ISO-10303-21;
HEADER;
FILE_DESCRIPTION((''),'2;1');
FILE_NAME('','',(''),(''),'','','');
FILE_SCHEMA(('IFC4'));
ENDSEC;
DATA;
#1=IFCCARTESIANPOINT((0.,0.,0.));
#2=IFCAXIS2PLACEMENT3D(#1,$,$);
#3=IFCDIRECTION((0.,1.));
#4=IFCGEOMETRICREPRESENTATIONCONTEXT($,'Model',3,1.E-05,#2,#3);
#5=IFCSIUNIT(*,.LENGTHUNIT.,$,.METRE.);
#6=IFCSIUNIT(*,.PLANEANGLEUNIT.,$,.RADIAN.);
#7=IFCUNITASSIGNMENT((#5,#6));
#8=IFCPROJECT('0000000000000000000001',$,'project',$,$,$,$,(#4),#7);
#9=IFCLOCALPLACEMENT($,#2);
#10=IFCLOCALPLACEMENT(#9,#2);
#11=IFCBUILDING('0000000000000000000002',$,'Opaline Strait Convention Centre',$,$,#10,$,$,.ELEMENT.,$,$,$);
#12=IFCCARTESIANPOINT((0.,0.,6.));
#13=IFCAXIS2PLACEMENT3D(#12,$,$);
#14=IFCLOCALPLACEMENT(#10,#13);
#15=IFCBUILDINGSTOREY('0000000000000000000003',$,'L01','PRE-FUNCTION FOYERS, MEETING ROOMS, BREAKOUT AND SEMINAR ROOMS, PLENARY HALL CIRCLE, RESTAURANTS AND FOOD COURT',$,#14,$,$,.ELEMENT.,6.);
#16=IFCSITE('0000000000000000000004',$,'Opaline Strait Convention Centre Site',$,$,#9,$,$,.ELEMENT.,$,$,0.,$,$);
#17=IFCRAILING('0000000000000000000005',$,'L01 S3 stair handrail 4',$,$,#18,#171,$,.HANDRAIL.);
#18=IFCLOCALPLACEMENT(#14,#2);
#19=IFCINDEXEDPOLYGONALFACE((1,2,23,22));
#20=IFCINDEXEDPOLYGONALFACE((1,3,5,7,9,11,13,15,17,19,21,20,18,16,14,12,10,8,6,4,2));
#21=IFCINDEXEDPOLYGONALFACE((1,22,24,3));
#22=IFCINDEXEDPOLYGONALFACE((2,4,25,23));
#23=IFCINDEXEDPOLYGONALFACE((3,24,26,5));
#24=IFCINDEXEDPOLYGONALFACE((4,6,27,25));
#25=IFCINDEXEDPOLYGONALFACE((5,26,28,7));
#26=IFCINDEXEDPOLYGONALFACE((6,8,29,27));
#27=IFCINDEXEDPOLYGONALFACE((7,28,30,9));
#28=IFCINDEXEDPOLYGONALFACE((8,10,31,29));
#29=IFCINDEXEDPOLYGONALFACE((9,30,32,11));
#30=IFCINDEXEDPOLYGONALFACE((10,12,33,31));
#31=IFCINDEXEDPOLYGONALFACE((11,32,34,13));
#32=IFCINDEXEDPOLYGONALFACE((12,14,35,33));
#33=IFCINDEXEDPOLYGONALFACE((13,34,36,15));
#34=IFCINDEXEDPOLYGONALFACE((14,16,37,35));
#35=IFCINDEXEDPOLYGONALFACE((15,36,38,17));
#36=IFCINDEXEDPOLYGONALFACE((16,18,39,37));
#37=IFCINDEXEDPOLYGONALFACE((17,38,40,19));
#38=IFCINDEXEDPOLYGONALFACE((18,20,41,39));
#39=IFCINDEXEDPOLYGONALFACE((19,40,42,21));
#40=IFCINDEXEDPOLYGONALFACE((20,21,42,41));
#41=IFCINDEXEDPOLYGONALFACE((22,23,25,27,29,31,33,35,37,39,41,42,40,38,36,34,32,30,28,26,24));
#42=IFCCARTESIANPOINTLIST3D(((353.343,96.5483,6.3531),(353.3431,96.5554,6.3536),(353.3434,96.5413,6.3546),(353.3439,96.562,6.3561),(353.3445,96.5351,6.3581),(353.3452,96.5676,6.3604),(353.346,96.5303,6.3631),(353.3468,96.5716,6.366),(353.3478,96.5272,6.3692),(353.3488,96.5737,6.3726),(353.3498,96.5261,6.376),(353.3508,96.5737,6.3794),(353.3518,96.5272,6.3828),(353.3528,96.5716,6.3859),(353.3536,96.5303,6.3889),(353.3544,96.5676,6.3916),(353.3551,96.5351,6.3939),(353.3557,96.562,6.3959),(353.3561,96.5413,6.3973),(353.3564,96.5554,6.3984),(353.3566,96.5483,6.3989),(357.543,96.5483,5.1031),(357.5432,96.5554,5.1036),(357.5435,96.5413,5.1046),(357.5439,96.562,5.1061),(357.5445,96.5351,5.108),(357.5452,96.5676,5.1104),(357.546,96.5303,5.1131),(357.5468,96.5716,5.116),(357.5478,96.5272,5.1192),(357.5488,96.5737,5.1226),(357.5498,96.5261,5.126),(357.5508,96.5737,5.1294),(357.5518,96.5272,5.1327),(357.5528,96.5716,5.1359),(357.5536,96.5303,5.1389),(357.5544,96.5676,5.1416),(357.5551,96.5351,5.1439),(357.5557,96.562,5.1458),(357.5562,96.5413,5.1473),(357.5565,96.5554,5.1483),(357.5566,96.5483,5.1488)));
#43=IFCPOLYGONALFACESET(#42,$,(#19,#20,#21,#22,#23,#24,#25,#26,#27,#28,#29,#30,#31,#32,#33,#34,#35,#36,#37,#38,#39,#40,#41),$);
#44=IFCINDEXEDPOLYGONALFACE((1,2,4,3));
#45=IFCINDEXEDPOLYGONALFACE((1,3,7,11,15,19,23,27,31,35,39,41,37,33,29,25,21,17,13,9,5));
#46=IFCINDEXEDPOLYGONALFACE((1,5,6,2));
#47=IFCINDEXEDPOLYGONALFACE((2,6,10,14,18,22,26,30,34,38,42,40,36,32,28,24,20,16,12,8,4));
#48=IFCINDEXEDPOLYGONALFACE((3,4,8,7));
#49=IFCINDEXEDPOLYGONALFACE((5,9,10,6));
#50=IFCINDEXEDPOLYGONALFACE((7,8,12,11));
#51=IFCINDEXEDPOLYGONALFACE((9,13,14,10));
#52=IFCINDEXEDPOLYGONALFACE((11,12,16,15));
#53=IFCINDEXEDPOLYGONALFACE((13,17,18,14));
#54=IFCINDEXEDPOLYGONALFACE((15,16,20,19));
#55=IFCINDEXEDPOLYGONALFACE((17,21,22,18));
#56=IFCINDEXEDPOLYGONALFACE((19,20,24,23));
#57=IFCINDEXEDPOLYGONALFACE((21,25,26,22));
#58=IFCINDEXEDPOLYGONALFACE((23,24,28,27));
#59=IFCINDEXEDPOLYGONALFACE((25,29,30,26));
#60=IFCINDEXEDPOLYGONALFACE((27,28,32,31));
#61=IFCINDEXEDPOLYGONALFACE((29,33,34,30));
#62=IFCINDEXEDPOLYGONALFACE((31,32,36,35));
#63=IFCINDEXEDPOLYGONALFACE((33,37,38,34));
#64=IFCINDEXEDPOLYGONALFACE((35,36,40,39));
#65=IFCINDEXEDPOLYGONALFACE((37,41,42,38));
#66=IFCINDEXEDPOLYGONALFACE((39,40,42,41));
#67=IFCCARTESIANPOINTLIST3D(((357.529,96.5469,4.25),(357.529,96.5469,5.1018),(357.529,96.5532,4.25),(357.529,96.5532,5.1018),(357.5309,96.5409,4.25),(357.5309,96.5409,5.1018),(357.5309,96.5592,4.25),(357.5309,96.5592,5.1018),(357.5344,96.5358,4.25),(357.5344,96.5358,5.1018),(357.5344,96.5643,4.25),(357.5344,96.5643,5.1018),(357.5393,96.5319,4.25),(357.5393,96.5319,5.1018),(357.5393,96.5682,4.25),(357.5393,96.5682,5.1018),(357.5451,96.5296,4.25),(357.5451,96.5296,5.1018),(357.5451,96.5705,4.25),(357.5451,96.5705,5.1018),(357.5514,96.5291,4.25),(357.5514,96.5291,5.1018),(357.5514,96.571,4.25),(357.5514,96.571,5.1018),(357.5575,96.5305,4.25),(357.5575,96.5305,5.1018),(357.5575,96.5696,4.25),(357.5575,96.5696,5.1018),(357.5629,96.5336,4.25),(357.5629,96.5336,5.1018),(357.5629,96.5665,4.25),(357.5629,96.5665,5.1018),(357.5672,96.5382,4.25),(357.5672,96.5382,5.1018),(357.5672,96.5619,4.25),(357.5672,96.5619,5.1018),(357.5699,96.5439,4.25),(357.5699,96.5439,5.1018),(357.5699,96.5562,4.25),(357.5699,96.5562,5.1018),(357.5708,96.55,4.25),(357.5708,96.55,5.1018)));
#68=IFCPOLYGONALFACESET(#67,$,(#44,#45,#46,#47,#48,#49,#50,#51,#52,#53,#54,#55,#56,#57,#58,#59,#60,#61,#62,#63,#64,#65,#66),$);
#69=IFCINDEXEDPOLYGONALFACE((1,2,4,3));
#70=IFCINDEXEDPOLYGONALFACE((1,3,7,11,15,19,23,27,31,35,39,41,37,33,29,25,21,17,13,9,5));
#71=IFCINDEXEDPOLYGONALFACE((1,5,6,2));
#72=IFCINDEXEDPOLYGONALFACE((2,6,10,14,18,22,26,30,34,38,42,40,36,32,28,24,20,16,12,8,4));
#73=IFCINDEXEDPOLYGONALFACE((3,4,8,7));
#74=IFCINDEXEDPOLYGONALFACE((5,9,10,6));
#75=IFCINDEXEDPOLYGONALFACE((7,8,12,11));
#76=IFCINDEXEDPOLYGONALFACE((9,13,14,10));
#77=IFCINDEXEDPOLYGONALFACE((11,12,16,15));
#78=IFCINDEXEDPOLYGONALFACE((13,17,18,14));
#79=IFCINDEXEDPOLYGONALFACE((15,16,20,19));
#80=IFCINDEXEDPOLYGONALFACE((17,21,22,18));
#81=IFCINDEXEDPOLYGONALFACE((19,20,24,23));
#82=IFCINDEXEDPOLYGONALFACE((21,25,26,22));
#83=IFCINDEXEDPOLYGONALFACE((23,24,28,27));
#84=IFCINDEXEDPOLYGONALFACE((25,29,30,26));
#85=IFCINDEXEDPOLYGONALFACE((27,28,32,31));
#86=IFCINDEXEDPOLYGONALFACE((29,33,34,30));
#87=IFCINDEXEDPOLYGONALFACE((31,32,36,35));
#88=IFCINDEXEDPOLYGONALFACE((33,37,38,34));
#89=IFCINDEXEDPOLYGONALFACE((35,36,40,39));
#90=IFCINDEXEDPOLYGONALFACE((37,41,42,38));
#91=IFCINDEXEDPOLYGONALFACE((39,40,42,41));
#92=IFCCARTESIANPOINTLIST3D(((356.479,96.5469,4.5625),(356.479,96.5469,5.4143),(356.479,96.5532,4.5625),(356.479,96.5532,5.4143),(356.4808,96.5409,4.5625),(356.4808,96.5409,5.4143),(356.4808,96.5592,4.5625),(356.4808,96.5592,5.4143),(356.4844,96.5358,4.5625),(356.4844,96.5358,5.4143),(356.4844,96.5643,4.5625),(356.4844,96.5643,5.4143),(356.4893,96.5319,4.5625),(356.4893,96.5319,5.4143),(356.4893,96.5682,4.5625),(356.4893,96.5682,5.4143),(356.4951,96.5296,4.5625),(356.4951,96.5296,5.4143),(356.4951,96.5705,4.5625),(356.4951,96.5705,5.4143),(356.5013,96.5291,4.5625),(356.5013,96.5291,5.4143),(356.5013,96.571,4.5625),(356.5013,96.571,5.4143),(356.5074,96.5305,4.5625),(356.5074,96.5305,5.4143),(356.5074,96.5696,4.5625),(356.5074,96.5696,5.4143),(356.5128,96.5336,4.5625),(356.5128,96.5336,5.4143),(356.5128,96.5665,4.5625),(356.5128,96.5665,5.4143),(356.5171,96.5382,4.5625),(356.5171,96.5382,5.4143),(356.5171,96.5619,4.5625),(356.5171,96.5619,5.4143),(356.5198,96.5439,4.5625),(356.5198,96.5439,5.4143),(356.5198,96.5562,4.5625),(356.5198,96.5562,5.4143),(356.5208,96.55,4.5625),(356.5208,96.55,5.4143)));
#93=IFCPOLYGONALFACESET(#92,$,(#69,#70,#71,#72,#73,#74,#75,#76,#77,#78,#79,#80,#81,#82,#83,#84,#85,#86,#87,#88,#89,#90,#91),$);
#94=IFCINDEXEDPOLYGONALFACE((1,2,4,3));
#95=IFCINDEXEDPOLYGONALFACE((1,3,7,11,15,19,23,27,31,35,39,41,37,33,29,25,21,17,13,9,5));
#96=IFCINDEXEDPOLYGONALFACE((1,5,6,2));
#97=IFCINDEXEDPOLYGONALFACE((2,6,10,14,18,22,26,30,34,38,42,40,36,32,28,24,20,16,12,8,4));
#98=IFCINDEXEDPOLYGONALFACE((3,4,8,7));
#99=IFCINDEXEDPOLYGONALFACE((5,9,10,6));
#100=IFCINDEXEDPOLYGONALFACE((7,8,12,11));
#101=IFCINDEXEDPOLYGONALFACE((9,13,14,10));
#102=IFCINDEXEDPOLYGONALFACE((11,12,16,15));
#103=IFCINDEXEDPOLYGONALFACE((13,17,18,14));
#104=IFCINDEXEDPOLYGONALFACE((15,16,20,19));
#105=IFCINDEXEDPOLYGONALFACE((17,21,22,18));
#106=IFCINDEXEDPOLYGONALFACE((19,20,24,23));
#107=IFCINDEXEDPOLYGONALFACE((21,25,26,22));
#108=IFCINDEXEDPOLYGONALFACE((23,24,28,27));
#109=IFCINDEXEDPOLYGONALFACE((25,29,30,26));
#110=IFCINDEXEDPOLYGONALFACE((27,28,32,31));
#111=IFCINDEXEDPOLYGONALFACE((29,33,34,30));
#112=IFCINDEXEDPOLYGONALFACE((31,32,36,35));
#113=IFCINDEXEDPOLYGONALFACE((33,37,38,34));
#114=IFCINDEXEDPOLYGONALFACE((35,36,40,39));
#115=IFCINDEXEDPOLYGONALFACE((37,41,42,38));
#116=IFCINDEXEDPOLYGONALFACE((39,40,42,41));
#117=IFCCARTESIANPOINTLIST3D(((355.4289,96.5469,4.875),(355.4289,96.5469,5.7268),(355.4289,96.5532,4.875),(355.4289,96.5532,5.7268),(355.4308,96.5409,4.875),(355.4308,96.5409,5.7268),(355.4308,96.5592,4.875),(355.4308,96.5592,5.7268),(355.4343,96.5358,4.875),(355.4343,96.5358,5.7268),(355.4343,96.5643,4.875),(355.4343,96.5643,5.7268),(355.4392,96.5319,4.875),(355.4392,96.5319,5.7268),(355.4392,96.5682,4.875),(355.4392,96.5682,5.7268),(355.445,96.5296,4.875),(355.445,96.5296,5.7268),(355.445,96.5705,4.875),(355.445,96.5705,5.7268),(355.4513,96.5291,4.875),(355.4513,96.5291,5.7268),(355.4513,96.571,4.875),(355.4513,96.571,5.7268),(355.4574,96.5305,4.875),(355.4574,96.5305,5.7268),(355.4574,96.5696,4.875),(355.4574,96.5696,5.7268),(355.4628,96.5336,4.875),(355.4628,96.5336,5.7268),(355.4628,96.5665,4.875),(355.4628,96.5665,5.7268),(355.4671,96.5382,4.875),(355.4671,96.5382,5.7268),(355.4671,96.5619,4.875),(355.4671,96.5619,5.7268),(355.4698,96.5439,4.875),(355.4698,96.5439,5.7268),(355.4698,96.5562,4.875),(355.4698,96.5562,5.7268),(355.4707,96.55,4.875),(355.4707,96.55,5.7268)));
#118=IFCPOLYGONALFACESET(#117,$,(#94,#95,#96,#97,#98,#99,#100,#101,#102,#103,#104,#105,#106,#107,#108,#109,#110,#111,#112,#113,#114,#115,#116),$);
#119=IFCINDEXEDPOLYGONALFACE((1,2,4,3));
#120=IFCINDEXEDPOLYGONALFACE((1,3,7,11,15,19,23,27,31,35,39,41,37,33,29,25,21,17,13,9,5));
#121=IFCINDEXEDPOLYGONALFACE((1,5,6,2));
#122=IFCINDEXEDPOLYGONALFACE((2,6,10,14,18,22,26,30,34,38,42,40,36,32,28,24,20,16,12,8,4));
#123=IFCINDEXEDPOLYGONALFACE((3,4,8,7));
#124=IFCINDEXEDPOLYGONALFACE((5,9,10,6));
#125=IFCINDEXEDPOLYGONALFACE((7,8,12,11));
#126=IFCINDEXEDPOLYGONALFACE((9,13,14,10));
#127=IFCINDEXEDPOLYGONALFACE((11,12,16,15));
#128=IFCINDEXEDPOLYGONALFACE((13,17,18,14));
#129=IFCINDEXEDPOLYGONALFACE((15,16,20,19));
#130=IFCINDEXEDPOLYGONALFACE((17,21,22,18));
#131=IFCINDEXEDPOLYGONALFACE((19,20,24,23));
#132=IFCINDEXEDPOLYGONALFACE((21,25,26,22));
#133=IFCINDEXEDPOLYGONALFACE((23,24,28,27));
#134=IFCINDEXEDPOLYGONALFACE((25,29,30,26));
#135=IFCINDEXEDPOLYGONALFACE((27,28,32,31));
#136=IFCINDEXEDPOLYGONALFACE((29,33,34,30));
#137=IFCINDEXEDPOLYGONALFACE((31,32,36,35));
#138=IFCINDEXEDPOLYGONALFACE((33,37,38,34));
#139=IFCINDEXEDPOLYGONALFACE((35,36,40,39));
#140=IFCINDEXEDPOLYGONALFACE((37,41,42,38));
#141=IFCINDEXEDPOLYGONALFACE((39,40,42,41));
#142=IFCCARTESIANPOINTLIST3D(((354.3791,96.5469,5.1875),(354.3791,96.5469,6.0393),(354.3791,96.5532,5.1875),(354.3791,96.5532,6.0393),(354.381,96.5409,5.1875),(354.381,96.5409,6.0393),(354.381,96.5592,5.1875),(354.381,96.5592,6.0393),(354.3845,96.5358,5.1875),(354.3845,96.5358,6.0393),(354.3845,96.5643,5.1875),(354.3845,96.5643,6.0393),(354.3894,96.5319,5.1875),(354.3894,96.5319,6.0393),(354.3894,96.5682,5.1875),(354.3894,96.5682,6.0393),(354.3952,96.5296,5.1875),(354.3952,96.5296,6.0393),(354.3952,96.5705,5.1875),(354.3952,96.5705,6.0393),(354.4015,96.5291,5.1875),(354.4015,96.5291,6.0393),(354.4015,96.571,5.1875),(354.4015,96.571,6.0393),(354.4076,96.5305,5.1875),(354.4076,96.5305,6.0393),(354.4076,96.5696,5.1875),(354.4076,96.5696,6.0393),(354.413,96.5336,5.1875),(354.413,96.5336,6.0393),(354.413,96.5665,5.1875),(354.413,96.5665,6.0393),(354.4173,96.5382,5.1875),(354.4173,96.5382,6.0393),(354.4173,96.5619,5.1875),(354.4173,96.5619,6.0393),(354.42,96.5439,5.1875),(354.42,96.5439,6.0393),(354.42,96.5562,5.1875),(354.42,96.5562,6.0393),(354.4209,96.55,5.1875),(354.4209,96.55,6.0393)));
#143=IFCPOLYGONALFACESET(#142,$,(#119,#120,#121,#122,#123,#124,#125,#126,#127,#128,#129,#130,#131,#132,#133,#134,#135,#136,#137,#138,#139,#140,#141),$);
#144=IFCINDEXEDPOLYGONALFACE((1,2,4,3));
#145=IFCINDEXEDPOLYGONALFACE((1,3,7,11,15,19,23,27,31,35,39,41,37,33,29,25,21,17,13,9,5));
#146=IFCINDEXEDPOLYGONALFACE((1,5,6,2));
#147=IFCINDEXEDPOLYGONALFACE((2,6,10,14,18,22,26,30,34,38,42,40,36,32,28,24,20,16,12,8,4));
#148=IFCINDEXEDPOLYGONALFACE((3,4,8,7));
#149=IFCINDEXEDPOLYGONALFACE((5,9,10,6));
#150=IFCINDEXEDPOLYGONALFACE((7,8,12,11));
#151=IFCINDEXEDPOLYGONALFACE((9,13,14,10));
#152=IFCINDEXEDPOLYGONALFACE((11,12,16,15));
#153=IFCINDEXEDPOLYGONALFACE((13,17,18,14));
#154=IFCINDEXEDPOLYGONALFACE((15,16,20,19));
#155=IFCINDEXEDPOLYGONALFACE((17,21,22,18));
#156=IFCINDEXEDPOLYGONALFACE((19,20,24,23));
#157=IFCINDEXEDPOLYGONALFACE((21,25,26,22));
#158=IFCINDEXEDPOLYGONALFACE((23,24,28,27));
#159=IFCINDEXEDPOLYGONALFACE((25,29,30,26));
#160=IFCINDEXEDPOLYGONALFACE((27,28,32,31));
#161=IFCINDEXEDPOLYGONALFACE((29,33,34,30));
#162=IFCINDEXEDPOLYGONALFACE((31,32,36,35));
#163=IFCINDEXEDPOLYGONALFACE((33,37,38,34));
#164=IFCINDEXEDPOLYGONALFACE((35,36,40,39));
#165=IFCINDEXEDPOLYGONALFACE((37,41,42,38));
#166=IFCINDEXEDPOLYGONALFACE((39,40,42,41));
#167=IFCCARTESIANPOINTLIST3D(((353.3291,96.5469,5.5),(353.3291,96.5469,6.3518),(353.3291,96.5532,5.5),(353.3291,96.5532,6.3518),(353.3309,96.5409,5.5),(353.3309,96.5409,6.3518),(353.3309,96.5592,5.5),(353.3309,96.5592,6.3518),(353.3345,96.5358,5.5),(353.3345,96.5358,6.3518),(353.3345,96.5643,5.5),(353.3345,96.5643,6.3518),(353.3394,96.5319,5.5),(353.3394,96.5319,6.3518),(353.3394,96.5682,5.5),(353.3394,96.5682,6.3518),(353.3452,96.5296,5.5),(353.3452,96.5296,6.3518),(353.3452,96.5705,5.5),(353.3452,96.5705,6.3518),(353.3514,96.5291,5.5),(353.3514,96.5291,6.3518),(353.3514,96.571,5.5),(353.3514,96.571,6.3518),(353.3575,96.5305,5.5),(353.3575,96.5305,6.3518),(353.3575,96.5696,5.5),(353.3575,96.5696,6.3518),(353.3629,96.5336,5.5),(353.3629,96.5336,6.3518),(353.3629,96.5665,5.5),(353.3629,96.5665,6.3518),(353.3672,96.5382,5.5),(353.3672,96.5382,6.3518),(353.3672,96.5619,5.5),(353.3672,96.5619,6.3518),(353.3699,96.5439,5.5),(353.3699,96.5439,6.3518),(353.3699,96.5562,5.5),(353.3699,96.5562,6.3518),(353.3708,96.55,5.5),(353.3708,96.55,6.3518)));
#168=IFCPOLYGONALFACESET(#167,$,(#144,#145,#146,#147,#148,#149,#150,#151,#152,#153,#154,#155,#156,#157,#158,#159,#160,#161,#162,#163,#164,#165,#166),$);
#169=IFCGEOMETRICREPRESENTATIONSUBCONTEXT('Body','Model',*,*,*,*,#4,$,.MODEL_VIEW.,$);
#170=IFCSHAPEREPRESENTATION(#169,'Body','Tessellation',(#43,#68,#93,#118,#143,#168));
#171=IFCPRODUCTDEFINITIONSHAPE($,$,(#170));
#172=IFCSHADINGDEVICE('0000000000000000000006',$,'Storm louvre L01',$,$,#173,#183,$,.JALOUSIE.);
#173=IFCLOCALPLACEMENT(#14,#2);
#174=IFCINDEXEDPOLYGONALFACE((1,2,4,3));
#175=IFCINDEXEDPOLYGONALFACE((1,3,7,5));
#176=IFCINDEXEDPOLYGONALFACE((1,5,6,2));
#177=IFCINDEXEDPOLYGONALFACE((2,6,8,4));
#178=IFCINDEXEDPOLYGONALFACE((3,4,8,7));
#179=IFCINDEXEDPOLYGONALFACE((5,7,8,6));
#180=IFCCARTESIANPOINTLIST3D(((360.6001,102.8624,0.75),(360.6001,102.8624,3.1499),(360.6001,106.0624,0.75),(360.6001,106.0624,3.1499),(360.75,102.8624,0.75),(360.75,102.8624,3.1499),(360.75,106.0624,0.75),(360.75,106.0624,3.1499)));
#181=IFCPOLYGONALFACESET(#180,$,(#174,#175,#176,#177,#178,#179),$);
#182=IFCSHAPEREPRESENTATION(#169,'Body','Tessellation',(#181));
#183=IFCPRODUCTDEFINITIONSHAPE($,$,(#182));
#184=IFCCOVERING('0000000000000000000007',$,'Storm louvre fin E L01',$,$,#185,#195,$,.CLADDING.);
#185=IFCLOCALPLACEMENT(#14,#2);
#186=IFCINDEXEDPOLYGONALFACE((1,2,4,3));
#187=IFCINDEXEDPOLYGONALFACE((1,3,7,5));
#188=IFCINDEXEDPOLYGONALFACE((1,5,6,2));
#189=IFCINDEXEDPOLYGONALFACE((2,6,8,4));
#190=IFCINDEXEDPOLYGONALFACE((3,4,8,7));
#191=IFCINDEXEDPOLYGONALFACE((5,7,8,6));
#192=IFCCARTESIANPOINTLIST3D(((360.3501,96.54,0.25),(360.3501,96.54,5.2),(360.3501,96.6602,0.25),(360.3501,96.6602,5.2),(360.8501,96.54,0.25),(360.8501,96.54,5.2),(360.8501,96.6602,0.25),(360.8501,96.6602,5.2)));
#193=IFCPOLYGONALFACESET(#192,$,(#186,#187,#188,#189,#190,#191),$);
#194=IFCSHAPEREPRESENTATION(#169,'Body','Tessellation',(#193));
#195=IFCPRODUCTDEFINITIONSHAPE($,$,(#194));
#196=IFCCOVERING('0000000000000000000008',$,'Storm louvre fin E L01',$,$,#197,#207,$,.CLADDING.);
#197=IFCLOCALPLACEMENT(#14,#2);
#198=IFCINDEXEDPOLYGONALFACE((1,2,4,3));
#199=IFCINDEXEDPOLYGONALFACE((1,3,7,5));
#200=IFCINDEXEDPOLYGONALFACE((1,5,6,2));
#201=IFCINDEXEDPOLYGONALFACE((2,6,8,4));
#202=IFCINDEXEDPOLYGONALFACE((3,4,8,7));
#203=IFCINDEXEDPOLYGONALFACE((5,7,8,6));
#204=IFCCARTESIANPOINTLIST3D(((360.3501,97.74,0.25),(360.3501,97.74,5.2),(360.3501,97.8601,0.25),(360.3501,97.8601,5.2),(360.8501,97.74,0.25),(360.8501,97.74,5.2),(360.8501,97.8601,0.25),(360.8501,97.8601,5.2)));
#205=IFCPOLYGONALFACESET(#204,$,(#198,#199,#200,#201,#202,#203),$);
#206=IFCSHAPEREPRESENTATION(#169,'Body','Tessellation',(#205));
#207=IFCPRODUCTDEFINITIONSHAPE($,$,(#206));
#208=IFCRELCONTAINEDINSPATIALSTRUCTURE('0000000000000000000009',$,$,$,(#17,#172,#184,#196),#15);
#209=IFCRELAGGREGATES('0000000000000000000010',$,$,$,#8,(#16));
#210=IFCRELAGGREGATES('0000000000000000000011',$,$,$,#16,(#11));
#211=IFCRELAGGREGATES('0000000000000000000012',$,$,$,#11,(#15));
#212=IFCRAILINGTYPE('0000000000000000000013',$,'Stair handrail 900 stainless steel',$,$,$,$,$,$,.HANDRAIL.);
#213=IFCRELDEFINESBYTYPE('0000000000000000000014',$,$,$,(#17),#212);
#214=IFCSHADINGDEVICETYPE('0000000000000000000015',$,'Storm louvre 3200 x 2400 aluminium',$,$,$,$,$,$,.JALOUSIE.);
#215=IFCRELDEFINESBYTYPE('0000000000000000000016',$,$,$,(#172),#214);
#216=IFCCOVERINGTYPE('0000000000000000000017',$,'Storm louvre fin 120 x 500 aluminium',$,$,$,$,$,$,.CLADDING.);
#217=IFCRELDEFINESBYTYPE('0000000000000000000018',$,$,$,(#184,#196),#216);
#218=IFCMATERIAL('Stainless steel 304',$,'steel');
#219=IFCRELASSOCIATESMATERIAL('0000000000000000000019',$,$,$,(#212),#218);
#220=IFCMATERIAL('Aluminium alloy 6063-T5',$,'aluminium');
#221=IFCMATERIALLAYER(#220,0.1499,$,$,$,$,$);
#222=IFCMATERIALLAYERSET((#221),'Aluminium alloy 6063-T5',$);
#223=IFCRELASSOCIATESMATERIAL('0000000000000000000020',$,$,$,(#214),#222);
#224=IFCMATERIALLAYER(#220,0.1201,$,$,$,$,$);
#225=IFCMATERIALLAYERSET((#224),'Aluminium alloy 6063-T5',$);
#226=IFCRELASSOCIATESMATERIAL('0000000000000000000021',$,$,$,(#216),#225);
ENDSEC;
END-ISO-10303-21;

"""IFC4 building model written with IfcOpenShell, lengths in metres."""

from ifc_helpers import new_model, si_unit, direction, frame, origin, origin_2d, place, context, subcontext, project, spatial, rectangle, circle, extrude, material, layer, layer_set, type_object, element, save


model = new_model("IFC4")

# Units and contexts
model_context = context("Model", 3, precision=1e-05, world=origin(), true_north=direction((0.0, 1.0)))
body_context = subcontext(model_context, "Body", "Model", "MODEL_VIEW")
ifc_project = project(units=[si_unit("LENGTHUNIT", "METRE"), si_unit("PLANEANGLEUNIT", "RADIAN")], contexts=[model_context])

# Site, building, storey
site_placement = place(None, origin())
site = spatial("IfcSite", under=ifc_project, at=site_placement, Name="Opaline Strait Convention Centre Site", CompositionType="ELEMENT", RefElevation=0.0)
building_placement = place(site_placement, origin())
building = spatial("IfcBuilding", under=site, at=building_placement, Name="Opaline Strait Convention Centre", CompositionType="ELEMENT")
storey_placement = place(building_placement, frame((0.0, 0.0, 6.0)))
storey = spatial("IfcBuildingStorey", under=building, at=storey_placement, Name="L01", Description="PRE-FUNCTION FOYERS, MEETING ROOMS, BREAKOUT AND SEMINAR ROOMS, PLENARY HALL CIRCLE, RESTAURANTS AND FOOD COURT", CompositionType="ELEMENT", Elevation=6.0)

# Railing
ifc_material_1 = material(Name="Stainless steel 304", Category="steel")
railing_type = type_object("IfcRailingType", Name="Stair handrail 900 stainless steel", PredefinedType="HANDRAIL", material=ifc_material_1)
railing_placement = place(storey_placement, frame((357.5498, 96.55, 4.25)))
element("IfcRailing", 1, at=railing_placement, inside=storey, type_object=railing_type, Name="L01 S3 stair handrail 4", PredefinedType="HANDRAIL", context=body_context, shape_type="SweptSolid", body=[
    extrude(circle(Radius=0.0239, at=origin_2d()), frame((0.0, 0.0, 0.876), z_axis=(-0.958451, 0.0, 0.285257), x_axis=(0.0, -1.0, 0.0)), (0.0, 0.0, 1.0), 4.3821),
    extrude(circle(Radius=0.021, at=origin_2d()), origin(), (0.0, 0.0, 1.0), 0.8518),
    extrude(circle(Radius=0.021, at=origin_2d()), frame((-1.05, 0.0, 0.3125)), (0.0, 0.0, 1.0), 0.8518),
    extrude(circle(Radius=0.021, at=origin_2d()), frame((-2.1001, 0.0, 0.625)), (0.0, 0.0, 1.0), 0.8518),
    extrude(circle(Radius=0.021, at=origin_2d()), frame((-3.1499, 0.0, 0.9375)), (0.0, 0.0, 1.0), 0.8518),
    extrude(circle(Radius=0.021, at=origin_2d()), frame((-4.2, 0.0, 1.25)), (0.0, 0.0, 1.0), 0.8518),
])

# Shading device
ifc_material_2 = material(Name="Aluminium alloy 6063-T5", Category="aluminium")
ifc_layer_1 = layer(ifc_material_2, 0.1499)
ifc_layer_set_1 = layer_set([ifc_layer_1], Name="Aluminium alloy 6063-T5")
shading_device_type = type_object("IfcShadingDeviceType", Name="Storm louvre 3200 x 2400 aluminium", PredefinedType="JALOUSIE", material=ifc_layer_set_1)
shading_device_placement = place(storey_placement, frame((360.675, 104.4624, 0.75), z_axis=(0.0, 0.0, 1.0), x_axis=(1.0, 0.0, 0.0)))
element("IfcShadingDevice", 2, at=shading_device_placement, inside=storey, type_object=shading_device_type, Name="Storm louvre L01", PredefinedType="JALOUSIE", context=body_context, shape_type="SweptSolid", body=[
    extrude(rectangle(XDim=0.1499, YDim=3.2, at=origin_2d()), origin(), (0.0, 0.0, 1.0), 2.3999),
])

# Coverings
ifc_layer_2 = layer(ifc_material_2, 0.1201)
ifc_layer_set_2 = layer_set([ifc_layer_2], Name="Aluminium alloy 6063-T5")
covering_type = type_object("IfcCoveringType", Name="Storm louvre fin 120 x 500 aluminium", PredefinedType="CLADDING", material=ifc_layer_set_2)
for number, where, z_axis, x_axis, name in (
    (3, (360.6001, 96.6001, 0.25), (0.0, 0.0, 1.0), (1.0, 0.0, 0.0), "Storm louvre fin E L01"),
    (4, (360.6001, 97.8, 0.25), (0.0, 0.0, 1.0), (1.0, 0.0, 0.0), "Storm louvre fin E L01"),
):
    element("IfcCovering", number, at=place(storey_placement, frame(where, z_axis=z_axis, x_axis=x_axis)), inside=storey, type_object=covering_type, Name=name, PredefinedType="CLADDING", context=body_context, shape_type="SweptSolid", body=[
        extrude(rectangle(XDim=0.5, YDim=0.1201, at=origin_2d()), origin(), (0.0, 0.0, 1.0), 4.95),
    ])

save(model, "model.ifc")
